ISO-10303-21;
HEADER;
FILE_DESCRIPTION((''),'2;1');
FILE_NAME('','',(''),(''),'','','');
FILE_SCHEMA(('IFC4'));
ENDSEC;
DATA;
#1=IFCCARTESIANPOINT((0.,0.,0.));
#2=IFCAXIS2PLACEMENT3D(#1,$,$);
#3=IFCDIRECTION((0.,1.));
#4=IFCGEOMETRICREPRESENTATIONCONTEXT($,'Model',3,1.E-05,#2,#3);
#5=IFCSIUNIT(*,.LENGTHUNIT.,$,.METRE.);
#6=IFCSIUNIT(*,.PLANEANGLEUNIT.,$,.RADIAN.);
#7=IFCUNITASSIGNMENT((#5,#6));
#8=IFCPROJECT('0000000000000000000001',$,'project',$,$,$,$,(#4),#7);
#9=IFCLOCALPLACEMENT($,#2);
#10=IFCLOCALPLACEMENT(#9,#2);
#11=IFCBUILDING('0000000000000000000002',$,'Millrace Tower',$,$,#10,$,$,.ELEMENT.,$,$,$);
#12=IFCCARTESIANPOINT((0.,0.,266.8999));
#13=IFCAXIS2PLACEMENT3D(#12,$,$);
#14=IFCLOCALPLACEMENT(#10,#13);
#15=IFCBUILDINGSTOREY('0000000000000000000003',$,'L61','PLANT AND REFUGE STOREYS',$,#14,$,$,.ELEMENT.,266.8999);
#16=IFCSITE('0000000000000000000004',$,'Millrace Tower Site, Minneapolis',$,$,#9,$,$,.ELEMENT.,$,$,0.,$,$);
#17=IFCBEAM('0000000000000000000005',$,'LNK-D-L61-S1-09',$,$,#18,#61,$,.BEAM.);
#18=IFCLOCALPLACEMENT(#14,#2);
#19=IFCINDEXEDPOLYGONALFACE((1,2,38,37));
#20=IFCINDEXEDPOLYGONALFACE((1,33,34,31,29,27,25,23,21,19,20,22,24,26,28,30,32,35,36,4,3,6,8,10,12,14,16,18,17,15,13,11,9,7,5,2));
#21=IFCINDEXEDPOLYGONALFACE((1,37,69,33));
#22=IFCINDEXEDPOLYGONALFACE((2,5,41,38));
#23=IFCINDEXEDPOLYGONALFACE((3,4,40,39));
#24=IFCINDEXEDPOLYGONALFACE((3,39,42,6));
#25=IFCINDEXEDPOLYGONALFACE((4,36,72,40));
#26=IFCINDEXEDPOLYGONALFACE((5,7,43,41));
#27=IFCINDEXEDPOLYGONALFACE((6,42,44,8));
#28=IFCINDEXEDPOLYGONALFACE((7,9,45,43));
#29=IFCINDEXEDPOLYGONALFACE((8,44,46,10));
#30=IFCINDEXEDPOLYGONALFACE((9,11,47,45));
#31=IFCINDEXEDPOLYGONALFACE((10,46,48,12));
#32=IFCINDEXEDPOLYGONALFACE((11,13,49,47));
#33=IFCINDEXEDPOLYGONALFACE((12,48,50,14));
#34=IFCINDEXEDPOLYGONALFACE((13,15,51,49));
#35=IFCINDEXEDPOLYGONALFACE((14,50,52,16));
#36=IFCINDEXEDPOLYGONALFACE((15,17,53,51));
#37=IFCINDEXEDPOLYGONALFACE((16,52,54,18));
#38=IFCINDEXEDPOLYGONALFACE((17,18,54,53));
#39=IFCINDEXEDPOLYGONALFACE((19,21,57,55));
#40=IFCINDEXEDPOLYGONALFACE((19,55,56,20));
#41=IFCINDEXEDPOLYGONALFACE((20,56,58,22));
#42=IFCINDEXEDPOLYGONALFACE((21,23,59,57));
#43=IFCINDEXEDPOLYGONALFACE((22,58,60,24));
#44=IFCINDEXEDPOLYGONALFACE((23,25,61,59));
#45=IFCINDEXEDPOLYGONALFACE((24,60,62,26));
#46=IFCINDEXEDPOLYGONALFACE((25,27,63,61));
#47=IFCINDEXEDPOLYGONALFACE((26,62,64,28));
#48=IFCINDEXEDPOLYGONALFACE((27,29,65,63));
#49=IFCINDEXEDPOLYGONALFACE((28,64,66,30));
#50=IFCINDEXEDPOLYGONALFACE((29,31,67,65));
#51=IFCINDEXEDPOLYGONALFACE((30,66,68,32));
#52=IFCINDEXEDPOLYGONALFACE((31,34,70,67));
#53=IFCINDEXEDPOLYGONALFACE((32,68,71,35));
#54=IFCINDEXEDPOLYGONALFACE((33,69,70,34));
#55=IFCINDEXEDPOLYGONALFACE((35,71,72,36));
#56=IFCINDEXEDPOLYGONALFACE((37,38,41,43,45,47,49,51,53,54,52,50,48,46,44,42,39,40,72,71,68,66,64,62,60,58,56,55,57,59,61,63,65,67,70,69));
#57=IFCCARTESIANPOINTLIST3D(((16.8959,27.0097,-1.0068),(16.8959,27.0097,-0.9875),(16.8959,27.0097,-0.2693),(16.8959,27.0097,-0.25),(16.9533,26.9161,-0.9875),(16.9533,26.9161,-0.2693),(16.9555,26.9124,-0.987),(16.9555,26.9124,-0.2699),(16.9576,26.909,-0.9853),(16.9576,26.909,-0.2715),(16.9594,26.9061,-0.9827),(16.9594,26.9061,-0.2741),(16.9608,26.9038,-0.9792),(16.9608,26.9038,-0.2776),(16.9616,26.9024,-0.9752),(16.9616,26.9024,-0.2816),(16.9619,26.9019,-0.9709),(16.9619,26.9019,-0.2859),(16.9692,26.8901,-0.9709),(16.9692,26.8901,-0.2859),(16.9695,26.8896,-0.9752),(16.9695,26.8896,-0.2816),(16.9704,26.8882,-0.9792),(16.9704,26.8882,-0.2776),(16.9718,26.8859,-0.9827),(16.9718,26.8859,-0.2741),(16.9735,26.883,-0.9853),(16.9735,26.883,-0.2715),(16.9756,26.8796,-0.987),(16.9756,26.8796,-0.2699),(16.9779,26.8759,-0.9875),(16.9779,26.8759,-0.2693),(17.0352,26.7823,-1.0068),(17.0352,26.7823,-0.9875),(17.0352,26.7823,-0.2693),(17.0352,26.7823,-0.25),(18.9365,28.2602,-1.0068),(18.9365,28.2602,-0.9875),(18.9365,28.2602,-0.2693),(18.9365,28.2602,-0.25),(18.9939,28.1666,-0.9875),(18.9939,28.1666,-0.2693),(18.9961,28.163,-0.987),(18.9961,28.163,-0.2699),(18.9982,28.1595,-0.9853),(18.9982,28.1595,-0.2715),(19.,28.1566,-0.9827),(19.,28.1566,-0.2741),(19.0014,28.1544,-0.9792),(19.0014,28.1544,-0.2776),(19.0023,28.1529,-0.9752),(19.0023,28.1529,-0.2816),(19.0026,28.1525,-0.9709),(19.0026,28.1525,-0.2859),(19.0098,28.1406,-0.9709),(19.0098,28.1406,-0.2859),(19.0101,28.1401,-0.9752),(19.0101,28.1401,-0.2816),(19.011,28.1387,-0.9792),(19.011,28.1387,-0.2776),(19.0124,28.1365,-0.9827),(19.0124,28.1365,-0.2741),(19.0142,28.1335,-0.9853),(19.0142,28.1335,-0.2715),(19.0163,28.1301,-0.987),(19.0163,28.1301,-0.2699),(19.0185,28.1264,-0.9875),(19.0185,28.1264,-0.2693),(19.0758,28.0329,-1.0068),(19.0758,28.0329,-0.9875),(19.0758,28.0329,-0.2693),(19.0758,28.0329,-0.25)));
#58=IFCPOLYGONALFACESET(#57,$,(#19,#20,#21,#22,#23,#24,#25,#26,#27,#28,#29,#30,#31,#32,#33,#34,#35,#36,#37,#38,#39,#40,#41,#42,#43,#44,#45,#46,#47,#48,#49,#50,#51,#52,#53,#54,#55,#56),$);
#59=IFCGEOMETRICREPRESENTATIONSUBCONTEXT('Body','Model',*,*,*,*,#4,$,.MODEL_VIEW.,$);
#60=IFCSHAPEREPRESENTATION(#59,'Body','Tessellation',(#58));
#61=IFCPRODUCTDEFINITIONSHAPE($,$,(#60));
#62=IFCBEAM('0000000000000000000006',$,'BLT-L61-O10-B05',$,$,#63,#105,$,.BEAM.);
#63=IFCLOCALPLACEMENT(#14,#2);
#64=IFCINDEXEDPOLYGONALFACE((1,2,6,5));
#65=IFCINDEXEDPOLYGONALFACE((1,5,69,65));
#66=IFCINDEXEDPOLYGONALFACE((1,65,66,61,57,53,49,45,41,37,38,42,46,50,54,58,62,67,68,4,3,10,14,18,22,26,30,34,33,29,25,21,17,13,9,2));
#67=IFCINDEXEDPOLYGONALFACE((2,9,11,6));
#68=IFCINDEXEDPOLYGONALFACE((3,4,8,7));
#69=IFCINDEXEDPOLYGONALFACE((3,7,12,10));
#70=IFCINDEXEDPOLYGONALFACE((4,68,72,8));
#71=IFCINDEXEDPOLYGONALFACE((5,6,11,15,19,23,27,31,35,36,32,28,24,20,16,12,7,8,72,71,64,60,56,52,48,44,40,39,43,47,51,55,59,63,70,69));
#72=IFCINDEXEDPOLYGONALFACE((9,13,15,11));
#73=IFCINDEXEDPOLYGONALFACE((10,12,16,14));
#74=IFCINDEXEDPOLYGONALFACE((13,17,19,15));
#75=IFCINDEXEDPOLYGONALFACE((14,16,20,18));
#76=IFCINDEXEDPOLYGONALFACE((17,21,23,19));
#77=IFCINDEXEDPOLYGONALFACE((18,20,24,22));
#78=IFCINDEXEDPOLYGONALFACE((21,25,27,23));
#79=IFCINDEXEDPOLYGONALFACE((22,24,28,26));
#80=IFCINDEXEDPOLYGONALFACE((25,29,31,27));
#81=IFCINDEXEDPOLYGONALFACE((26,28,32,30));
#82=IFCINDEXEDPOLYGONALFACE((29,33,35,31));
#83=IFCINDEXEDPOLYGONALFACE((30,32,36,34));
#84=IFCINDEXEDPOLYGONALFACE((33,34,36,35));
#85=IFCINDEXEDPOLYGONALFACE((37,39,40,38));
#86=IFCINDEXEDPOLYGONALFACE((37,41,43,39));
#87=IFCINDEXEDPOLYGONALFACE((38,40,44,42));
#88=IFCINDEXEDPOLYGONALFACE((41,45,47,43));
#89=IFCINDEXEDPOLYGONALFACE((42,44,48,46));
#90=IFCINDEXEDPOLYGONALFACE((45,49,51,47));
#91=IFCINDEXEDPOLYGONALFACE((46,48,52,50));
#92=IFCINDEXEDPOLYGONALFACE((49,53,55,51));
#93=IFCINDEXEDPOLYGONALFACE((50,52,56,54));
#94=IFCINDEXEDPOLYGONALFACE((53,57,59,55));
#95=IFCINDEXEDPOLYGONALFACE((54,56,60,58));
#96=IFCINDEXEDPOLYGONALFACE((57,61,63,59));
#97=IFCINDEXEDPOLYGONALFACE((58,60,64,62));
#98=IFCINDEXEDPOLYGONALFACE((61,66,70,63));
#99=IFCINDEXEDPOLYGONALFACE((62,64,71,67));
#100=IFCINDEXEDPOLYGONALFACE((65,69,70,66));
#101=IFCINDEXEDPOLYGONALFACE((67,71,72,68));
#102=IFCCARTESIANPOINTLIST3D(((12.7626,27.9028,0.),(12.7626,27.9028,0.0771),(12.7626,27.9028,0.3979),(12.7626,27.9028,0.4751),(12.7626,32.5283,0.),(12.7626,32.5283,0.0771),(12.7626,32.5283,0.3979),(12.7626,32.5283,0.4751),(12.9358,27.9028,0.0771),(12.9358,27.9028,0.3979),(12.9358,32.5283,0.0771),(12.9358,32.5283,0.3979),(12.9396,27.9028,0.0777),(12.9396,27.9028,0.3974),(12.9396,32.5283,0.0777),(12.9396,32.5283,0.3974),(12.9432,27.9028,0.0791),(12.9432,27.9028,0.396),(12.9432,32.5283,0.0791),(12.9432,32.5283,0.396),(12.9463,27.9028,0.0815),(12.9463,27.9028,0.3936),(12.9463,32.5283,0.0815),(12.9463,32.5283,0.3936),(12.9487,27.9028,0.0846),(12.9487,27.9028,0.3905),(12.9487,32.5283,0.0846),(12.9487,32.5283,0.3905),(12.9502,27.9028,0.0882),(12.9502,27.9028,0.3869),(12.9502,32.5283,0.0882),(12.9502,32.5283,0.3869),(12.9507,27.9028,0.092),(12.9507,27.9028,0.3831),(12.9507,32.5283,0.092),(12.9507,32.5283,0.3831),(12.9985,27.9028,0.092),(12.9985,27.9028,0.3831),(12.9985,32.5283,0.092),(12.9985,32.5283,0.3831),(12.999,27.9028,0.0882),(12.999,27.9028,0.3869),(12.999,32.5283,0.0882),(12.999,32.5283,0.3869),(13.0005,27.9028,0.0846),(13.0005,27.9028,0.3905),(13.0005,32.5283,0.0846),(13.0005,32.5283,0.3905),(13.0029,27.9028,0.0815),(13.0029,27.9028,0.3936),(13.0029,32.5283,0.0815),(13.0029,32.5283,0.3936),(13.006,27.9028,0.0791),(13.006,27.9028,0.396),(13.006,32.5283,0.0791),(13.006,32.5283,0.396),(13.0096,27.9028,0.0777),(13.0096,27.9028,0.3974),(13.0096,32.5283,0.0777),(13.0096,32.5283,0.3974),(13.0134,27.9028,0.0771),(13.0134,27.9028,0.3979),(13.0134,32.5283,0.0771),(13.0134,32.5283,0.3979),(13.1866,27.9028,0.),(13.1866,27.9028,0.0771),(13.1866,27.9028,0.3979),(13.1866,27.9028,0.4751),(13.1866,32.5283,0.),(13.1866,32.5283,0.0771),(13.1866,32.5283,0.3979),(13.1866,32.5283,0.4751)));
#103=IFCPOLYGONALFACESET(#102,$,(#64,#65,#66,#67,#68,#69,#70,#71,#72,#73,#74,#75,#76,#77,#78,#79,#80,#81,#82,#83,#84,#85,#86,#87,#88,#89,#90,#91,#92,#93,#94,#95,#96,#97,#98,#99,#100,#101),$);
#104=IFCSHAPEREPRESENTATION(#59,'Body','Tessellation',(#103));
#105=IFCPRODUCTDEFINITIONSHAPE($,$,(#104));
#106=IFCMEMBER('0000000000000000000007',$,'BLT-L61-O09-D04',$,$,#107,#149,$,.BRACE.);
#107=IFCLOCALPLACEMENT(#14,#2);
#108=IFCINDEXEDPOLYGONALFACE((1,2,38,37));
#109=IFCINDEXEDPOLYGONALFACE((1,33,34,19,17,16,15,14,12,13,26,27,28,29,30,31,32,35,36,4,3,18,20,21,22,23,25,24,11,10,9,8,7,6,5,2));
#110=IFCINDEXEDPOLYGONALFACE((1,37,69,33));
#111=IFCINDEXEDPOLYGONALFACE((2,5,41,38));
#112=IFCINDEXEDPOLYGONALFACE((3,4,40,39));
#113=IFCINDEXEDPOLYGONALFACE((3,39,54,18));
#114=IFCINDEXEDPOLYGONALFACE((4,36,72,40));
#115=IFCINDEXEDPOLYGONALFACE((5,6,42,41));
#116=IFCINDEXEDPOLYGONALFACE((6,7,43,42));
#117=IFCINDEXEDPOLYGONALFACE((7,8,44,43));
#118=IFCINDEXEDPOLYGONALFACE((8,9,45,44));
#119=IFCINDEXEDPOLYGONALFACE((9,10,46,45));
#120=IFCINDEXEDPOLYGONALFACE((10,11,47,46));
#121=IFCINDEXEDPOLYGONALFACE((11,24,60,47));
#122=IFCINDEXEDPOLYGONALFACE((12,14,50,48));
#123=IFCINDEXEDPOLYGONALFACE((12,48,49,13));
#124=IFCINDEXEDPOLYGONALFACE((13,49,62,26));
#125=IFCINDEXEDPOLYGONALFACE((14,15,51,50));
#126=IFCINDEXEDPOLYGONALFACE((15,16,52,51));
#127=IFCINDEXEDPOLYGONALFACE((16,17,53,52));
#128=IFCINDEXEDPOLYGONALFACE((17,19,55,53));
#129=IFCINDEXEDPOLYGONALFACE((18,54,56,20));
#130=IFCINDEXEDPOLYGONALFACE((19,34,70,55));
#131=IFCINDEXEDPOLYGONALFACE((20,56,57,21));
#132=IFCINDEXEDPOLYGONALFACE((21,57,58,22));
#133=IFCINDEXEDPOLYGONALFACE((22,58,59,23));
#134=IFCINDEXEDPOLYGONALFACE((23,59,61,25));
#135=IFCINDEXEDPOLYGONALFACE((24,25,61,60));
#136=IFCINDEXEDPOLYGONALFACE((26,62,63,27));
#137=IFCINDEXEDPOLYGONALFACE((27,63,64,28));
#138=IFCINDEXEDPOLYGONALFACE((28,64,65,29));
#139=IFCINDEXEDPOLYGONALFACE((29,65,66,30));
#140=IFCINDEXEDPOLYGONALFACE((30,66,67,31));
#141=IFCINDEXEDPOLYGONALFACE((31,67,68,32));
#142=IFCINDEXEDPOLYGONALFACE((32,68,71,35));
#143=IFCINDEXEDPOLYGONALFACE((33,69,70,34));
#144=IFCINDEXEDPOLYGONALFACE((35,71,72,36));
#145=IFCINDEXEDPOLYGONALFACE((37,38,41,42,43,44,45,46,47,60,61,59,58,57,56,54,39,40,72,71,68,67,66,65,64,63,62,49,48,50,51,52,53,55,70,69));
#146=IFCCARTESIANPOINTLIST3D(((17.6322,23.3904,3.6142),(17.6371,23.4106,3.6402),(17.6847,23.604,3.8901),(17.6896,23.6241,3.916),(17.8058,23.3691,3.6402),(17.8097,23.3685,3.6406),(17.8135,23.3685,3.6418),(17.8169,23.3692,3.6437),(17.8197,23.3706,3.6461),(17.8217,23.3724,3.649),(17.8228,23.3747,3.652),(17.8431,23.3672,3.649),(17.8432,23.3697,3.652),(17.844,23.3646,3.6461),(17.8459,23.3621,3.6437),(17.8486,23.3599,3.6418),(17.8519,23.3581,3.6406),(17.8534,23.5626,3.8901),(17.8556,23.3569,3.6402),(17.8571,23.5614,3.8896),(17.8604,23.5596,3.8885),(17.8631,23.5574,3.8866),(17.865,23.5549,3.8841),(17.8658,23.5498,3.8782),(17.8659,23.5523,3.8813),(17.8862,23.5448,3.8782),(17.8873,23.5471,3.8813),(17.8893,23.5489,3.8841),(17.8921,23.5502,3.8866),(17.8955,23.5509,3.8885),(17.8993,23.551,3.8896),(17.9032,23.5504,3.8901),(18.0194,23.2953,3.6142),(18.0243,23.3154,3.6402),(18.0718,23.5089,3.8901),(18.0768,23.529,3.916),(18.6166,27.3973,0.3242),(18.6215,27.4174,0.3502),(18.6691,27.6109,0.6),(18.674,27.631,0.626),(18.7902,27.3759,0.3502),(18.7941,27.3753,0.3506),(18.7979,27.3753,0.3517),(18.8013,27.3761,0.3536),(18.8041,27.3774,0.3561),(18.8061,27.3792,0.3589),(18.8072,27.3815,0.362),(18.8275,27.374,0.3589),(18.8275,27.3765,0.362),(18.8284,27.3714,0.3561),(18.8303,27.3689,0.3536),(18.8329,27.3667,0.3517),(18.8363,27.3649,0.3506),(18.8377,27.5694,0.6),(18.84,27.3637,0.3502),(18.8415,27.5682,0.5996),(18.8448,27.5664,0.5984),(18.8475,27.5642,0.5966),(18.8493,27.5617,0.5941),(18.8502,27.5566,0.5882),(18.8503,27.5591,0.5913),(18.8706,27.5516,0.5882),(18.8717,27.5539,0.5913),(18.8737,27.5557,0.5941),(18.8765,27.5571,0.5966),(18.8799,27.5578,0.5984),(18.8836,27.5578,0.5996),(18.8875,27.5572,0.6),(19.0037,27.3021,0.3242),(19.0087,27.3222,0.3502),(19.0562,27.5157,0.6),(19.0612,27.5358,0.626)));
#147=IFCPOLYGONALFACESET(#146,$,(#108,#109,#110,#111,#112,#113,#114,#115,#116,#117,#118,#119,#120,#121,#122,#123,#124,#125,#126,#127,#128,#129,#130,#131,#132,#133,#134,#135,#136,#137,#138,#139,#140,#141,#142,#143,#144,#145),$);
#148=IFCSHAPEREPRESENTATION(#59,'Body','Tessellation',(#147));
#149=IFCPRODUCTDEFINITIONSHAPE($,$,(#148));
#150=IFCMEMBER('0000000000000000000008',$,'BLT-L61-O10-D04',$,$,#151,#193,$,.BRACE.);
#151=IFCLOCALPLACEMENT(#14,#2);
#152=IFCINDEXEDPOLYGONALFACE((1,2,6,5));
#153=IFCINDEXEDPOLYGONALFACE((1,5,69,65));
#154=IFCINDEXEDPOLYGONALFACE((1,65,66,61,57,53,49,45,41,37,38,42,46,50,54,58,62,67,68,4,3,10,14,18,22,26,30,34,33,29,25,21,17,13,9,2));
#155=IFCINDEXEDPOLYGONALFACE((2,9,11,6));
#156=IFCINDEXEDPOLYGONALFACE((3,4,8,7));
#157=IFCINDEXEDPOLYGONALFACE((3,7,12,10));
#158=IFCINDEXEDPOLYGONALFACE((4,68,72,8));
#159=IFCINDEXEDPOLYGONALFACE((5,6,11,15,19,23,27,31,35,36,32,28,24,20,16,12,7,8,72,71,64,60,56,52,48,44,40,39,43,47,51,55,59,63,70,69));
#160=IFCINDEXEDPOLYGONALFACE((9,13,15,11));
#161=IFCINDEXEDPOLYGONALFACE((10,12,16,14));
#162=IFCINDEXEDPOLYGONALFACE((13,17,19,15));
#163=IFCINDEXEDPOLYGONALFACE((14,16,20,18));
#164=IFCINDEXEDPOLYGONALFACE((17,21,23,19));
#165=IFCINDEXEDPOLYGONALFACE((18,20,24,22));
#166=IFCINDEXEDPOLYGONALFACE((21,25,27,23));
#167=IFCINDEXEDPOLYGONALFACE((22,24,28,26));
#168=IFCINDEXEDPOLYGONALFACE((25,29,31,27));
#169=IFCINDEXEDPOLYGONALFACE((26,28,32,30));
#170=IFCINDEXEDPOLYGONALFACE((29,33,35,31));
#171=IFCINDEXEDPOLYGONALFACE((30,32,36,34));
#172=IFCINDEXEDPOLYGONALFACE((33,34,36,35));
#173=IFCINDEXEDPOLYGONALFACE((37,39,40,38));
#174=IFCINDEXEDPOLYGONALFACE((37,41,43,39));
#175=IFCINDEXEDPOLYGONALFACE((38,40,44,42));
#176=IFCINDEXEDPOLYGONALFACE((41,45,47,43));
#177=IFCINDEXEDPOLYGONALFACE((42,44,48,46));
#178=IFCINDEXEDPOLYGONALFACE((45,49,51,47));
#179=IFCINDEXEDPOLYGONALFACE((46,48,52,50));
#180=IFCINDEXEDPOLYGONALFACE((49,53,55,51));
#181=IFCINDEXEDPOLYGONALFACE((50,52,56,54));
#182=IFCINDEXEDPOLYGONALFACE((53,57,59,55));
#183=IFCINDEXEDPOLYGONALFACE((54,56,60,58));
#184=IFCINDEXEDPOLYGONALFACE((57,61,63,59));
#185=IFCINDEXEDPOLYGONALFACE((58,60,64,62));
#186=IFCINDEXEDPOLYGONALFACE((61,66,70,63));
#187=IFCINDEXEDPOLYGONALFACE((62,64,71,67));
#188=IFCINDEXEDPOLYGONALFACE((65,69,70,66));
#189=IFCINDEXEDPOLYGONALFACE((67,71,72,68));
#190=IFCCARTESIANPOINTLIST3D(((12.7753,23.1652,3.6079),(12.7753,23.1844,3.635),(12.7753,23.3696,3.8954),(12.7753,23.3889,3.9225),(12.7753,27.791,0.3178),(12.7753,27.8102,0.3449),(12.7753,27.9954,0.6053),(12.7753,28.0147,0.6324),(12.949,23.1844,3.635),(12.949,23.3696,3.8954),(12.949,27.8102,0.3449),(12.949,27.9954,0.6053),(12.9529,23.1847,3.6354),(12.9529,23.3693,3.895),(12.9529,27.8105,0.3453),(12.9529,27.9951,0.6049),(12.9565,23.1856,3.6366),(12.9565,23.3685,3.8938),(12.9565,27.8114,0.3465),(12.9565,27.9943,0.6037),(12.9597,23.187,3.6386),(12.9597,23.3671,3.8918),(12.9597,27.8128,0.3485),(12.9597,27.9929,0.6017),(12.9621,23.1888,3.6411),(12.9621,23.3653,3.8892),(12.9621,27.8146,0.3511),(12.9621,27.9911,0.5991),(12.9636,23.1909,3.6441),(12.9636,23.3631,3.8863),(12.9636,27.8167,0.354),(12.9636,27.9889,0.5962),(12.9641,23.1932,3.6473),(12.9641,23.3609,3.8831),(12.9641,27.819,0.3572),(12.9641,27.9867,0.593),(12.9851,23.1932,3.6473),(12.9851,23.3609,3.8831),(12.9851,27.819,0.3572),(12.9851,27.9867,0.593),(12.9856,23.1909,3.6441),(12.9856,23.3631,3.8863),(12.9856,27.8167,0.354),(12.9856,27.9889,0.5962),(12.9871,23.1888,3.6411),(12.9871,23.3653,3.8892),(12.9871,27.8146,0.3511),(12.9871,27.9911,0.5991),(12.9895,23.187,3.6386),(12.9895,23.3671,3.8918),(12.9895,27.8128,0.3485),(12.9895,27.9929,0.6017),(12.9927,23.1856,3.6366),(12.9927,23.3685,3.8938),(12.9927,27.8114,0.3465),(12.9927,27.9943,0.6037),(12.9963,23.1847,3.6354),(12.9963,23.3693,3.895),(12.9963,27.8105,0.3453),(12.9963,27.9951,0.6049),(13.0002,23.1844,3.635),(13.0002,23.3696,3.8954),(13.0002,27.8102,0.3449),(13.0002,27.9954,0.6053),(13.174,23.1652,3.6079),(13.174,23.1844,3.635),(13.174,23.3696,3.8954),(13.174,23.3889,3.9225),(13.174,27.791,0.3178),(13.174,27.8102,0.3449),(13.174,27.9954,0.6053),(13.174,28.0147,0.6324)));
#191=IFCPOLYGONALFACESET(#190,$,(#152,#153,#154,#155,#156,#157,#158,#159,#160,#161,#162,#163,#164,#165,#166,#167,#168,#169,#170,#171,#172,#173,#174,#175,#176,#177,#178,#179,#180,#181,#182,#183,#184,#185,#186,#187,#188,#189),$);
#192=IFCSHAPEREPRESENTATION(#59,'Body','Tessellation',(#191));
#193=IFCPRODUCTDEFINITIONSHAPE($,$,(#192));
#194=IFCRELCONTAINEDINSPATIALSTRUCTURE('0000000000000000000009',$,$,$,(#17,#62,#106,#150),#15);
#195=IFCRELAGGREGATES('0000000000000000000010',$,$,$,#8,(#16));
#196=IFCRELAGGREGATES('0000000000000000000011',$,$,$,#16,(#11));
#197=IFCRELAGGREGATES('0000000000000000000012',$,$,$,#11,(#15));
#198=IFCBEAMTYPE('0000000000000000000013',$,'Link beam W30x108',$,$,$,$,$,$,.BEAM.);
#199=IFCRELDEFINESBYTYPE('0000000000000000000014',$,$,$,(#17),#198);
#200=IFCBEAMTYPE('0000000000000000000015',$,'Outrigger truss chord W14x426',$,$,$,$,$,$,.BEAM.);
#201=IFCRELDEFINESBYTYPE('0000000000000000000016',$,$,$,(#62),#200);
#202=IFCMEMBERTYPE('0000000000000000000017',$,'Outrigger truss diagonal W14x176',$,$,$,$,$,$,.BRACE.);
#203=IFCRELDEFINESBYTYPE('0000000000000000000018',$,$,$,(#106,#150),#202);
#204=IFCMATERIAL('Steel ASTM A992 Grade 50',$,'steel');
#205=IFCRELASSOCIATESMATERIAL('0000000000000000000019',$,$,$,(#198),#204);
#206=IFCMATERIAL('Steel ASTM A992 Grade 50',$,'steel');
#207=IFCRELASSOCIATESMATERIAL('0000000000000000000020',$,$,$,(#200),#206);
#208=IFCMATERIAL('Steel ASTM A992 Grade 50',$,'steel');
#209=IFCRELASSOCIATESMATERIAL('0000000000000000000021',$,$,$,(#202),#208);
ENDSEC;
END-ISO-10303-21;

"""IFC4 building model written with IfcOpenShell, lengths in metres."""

from ifc_helpers import new_model, si_unit, direction, frame, origin, origin_2d, place, context, subcontext, project, spatial, i_section, extrude, material, material_profile, profile_set, type_object, element, save


model = new_model("IFC4")

# Units and contexts
model_context = context("Model", 3, precision=1e-05, world=origin(), true_north=direction((0.0, 1.0)))
body_context = subcontext(model_context, "Body", "Model", "MODEL_VIEW")
ifc_project = project(units=[si_unit("LENGTHUNIT", "METRE"), si_unit("PLANEANGLEUNIT", "RADIAN")], contexts=[model_context])

# Site, building, storey
site_placement = place(None, origin())
site = spatial("IfcSite", under=ifc_project, at=site_placement, Name="Millrace Tower Site, Minneapolis", CompositionType="ELEMENT", RefElevation=0.0)
building_placement = place(site_placement, origin())
building = spatial("IfcBuilding", under=site, at=building_placement, Name="Millrace Tower", CompositionType="ELEMENT")
storey_placement = place(building_placement, frame((0.0, 0.0, 266.8999)))
storey = spatial("IfcBuildingStorey", under=building, at=storey_placement, Name="L61", Description="PLANT AND REFUGE STOREYS", CompositionType="ELEMENT", Elevation=266.8999)

# Beams
ifc_material_1 = material(Name="Steel ASTM A992 Grade 50", Category="steel")
ifc_material_profile_1 = material_profile(ifc_material_1, i_section(OverallWidth=0.2666, OverallDepth=0.7568, WebThickness=0.0139, FlangeThickness=0.0193, FilletRadius=0.0166, at=origin_2d()))
ifc_profile_set_1 = profile_set([ifc_material_profile_1], Name="Steel ASTM A992 Grade 50")
beam_type_1 = type_object("IfcBeamType", Name="Link beam W30x108", PredefinedType="BEAM", material=ifc_profile_set_1)
beam_1_placement = place(storey_placement, frame((16.9656, 26.896, -0.6284), z_axis=(0.852631, 0.522514, 0.0), x_axis=(-0.522514, 0.852631, 0.0)))
element("IfcBeam", 1, at=beam_1_placement, inside=storey, type_object=beam_type_1, Name="LNK-D-L61-S1-09", PredefinedType="BEAM", context=body_context, shape_type="SweptSolid", body=[
    extrude(i_section(OverallWidth=0.2666, OverallDepth=0.7568, WebThickness=0.0139, FlangeThickness=0.0193, FilletRadius=0.0166, at=origin_2d()), origin(), (0.0, 0.0, 1.0), 2.3933),
])
ifc_material_2 = material(Name="Steel ASTM A992 Grade 50", Category="steel")
ifc_material_profile_2 = material_profile(ifc_material_2, i_section(OverallWidth=0.4241, OverallDepth=0.4751, WebThickness=0.0479, FlangeThickness=0.0771, FilletRadius=0.0149, at=origin_2d()))
ifc_profile_set_2 = profile_set([ifc_material_profile_2], Name="Steel ASTM A992 Grade 50")
beam_type_2 = type_object("IfcBeamType", Name="Outrigger truss chord W14x426", PredefinedType="BEAM", material=ifc_profile_set_2)
beam_2_placement = place(storey_placement, frame((12.9746, 27.9028, 0.2375), z_axis=(0.0, 1.0, 0.0), x_axis=(-1.0, 0.0, 0.0)))
element("IfcBeam", 2, at=beam_2_placement, inside=storey, type_object=beam_type_2, Name="BLT-L61-O10-B05", PredefinedType="BEAM", context=body_context, shape_type="SweptSolid", body=[
    extrude(i_section(OverallWidth=0.4241, OverallDepth=0.4751, WebThickness=0.0479, FlangeThickness=0.0771, FilletRadius=0.0149, at=origin_2d()), origin(), (0.0, 0.0, 1.0), 4.6255),
])

# Members
ifc_material_3 = material(Name="Steel ASTM A992 Grade 50", Category="steel")
ifc_material_profile_3 = material_profile(ifc_material_3, i_section(OverallWidth=0.3987, OverallDepth=0.386, WebThickness=0.021, FlangeThickness=0.0332, FilletRadius=0.0151, at=origin_2d()))
ifc_profile_set_3 = profile_set([ifc_material_profile_3], Name="Steel ASTM A992 Grade 50")
member_type_1 = type_object("IfcMemberType", Name="Outrigger truss diagonal W14x176", PredefinedType="BRACE", material=ifc_profile_set_3)
member_1_placement = place(storey_placement, frame((18.8389, 27.4666, 0.4751), z_axis=(-0.186536, -0.759283, 0.623453), x_axis=(0.971123, -0.23858, 0.0)))
element("IfcMember", 3, at=member_1_placement, inside=storey, type_object=member_type_1, Name="BLT-L61-O09-D04", PredefinedType="BRACE", context=body_context, shape_type="SweptSolid", body=[
    extrude(i_section(OverallWidth=0.3987, OverallDepth=0.386, WebThickness=0.021, FlangeThickness=0.0332, FilletRadius=0.0151, at=origin_2d()), origin(), (0.0, 0.0, 1.0), 5.2771),
])
member_2_placement = place(storey_placement, frame((12.9746, 27.9028, 0.4751), z_axis=(0.0, -0.814903, 0.579597), x_axis=(1.0, 0.0, 0.0)))
element("IfcMember", 4, at=member_2_placement, inside=storey, type_object=member_type_1, Name="BLT-L61-O10-D04", PredefinedType="BRACE", context=body_context, shape_type="SweptSolid", body=[
    extrude(i_section(OverallWidth=0.3987, OverallDepth=0.386, WebThickness=0.021, FlangeThickness=0.0332, FilletRadius=0.0151, at=origin_2d()), origin(), (0.0, 0.0, 1.0), 5.6765),
])

save(model, "model.ifc")
